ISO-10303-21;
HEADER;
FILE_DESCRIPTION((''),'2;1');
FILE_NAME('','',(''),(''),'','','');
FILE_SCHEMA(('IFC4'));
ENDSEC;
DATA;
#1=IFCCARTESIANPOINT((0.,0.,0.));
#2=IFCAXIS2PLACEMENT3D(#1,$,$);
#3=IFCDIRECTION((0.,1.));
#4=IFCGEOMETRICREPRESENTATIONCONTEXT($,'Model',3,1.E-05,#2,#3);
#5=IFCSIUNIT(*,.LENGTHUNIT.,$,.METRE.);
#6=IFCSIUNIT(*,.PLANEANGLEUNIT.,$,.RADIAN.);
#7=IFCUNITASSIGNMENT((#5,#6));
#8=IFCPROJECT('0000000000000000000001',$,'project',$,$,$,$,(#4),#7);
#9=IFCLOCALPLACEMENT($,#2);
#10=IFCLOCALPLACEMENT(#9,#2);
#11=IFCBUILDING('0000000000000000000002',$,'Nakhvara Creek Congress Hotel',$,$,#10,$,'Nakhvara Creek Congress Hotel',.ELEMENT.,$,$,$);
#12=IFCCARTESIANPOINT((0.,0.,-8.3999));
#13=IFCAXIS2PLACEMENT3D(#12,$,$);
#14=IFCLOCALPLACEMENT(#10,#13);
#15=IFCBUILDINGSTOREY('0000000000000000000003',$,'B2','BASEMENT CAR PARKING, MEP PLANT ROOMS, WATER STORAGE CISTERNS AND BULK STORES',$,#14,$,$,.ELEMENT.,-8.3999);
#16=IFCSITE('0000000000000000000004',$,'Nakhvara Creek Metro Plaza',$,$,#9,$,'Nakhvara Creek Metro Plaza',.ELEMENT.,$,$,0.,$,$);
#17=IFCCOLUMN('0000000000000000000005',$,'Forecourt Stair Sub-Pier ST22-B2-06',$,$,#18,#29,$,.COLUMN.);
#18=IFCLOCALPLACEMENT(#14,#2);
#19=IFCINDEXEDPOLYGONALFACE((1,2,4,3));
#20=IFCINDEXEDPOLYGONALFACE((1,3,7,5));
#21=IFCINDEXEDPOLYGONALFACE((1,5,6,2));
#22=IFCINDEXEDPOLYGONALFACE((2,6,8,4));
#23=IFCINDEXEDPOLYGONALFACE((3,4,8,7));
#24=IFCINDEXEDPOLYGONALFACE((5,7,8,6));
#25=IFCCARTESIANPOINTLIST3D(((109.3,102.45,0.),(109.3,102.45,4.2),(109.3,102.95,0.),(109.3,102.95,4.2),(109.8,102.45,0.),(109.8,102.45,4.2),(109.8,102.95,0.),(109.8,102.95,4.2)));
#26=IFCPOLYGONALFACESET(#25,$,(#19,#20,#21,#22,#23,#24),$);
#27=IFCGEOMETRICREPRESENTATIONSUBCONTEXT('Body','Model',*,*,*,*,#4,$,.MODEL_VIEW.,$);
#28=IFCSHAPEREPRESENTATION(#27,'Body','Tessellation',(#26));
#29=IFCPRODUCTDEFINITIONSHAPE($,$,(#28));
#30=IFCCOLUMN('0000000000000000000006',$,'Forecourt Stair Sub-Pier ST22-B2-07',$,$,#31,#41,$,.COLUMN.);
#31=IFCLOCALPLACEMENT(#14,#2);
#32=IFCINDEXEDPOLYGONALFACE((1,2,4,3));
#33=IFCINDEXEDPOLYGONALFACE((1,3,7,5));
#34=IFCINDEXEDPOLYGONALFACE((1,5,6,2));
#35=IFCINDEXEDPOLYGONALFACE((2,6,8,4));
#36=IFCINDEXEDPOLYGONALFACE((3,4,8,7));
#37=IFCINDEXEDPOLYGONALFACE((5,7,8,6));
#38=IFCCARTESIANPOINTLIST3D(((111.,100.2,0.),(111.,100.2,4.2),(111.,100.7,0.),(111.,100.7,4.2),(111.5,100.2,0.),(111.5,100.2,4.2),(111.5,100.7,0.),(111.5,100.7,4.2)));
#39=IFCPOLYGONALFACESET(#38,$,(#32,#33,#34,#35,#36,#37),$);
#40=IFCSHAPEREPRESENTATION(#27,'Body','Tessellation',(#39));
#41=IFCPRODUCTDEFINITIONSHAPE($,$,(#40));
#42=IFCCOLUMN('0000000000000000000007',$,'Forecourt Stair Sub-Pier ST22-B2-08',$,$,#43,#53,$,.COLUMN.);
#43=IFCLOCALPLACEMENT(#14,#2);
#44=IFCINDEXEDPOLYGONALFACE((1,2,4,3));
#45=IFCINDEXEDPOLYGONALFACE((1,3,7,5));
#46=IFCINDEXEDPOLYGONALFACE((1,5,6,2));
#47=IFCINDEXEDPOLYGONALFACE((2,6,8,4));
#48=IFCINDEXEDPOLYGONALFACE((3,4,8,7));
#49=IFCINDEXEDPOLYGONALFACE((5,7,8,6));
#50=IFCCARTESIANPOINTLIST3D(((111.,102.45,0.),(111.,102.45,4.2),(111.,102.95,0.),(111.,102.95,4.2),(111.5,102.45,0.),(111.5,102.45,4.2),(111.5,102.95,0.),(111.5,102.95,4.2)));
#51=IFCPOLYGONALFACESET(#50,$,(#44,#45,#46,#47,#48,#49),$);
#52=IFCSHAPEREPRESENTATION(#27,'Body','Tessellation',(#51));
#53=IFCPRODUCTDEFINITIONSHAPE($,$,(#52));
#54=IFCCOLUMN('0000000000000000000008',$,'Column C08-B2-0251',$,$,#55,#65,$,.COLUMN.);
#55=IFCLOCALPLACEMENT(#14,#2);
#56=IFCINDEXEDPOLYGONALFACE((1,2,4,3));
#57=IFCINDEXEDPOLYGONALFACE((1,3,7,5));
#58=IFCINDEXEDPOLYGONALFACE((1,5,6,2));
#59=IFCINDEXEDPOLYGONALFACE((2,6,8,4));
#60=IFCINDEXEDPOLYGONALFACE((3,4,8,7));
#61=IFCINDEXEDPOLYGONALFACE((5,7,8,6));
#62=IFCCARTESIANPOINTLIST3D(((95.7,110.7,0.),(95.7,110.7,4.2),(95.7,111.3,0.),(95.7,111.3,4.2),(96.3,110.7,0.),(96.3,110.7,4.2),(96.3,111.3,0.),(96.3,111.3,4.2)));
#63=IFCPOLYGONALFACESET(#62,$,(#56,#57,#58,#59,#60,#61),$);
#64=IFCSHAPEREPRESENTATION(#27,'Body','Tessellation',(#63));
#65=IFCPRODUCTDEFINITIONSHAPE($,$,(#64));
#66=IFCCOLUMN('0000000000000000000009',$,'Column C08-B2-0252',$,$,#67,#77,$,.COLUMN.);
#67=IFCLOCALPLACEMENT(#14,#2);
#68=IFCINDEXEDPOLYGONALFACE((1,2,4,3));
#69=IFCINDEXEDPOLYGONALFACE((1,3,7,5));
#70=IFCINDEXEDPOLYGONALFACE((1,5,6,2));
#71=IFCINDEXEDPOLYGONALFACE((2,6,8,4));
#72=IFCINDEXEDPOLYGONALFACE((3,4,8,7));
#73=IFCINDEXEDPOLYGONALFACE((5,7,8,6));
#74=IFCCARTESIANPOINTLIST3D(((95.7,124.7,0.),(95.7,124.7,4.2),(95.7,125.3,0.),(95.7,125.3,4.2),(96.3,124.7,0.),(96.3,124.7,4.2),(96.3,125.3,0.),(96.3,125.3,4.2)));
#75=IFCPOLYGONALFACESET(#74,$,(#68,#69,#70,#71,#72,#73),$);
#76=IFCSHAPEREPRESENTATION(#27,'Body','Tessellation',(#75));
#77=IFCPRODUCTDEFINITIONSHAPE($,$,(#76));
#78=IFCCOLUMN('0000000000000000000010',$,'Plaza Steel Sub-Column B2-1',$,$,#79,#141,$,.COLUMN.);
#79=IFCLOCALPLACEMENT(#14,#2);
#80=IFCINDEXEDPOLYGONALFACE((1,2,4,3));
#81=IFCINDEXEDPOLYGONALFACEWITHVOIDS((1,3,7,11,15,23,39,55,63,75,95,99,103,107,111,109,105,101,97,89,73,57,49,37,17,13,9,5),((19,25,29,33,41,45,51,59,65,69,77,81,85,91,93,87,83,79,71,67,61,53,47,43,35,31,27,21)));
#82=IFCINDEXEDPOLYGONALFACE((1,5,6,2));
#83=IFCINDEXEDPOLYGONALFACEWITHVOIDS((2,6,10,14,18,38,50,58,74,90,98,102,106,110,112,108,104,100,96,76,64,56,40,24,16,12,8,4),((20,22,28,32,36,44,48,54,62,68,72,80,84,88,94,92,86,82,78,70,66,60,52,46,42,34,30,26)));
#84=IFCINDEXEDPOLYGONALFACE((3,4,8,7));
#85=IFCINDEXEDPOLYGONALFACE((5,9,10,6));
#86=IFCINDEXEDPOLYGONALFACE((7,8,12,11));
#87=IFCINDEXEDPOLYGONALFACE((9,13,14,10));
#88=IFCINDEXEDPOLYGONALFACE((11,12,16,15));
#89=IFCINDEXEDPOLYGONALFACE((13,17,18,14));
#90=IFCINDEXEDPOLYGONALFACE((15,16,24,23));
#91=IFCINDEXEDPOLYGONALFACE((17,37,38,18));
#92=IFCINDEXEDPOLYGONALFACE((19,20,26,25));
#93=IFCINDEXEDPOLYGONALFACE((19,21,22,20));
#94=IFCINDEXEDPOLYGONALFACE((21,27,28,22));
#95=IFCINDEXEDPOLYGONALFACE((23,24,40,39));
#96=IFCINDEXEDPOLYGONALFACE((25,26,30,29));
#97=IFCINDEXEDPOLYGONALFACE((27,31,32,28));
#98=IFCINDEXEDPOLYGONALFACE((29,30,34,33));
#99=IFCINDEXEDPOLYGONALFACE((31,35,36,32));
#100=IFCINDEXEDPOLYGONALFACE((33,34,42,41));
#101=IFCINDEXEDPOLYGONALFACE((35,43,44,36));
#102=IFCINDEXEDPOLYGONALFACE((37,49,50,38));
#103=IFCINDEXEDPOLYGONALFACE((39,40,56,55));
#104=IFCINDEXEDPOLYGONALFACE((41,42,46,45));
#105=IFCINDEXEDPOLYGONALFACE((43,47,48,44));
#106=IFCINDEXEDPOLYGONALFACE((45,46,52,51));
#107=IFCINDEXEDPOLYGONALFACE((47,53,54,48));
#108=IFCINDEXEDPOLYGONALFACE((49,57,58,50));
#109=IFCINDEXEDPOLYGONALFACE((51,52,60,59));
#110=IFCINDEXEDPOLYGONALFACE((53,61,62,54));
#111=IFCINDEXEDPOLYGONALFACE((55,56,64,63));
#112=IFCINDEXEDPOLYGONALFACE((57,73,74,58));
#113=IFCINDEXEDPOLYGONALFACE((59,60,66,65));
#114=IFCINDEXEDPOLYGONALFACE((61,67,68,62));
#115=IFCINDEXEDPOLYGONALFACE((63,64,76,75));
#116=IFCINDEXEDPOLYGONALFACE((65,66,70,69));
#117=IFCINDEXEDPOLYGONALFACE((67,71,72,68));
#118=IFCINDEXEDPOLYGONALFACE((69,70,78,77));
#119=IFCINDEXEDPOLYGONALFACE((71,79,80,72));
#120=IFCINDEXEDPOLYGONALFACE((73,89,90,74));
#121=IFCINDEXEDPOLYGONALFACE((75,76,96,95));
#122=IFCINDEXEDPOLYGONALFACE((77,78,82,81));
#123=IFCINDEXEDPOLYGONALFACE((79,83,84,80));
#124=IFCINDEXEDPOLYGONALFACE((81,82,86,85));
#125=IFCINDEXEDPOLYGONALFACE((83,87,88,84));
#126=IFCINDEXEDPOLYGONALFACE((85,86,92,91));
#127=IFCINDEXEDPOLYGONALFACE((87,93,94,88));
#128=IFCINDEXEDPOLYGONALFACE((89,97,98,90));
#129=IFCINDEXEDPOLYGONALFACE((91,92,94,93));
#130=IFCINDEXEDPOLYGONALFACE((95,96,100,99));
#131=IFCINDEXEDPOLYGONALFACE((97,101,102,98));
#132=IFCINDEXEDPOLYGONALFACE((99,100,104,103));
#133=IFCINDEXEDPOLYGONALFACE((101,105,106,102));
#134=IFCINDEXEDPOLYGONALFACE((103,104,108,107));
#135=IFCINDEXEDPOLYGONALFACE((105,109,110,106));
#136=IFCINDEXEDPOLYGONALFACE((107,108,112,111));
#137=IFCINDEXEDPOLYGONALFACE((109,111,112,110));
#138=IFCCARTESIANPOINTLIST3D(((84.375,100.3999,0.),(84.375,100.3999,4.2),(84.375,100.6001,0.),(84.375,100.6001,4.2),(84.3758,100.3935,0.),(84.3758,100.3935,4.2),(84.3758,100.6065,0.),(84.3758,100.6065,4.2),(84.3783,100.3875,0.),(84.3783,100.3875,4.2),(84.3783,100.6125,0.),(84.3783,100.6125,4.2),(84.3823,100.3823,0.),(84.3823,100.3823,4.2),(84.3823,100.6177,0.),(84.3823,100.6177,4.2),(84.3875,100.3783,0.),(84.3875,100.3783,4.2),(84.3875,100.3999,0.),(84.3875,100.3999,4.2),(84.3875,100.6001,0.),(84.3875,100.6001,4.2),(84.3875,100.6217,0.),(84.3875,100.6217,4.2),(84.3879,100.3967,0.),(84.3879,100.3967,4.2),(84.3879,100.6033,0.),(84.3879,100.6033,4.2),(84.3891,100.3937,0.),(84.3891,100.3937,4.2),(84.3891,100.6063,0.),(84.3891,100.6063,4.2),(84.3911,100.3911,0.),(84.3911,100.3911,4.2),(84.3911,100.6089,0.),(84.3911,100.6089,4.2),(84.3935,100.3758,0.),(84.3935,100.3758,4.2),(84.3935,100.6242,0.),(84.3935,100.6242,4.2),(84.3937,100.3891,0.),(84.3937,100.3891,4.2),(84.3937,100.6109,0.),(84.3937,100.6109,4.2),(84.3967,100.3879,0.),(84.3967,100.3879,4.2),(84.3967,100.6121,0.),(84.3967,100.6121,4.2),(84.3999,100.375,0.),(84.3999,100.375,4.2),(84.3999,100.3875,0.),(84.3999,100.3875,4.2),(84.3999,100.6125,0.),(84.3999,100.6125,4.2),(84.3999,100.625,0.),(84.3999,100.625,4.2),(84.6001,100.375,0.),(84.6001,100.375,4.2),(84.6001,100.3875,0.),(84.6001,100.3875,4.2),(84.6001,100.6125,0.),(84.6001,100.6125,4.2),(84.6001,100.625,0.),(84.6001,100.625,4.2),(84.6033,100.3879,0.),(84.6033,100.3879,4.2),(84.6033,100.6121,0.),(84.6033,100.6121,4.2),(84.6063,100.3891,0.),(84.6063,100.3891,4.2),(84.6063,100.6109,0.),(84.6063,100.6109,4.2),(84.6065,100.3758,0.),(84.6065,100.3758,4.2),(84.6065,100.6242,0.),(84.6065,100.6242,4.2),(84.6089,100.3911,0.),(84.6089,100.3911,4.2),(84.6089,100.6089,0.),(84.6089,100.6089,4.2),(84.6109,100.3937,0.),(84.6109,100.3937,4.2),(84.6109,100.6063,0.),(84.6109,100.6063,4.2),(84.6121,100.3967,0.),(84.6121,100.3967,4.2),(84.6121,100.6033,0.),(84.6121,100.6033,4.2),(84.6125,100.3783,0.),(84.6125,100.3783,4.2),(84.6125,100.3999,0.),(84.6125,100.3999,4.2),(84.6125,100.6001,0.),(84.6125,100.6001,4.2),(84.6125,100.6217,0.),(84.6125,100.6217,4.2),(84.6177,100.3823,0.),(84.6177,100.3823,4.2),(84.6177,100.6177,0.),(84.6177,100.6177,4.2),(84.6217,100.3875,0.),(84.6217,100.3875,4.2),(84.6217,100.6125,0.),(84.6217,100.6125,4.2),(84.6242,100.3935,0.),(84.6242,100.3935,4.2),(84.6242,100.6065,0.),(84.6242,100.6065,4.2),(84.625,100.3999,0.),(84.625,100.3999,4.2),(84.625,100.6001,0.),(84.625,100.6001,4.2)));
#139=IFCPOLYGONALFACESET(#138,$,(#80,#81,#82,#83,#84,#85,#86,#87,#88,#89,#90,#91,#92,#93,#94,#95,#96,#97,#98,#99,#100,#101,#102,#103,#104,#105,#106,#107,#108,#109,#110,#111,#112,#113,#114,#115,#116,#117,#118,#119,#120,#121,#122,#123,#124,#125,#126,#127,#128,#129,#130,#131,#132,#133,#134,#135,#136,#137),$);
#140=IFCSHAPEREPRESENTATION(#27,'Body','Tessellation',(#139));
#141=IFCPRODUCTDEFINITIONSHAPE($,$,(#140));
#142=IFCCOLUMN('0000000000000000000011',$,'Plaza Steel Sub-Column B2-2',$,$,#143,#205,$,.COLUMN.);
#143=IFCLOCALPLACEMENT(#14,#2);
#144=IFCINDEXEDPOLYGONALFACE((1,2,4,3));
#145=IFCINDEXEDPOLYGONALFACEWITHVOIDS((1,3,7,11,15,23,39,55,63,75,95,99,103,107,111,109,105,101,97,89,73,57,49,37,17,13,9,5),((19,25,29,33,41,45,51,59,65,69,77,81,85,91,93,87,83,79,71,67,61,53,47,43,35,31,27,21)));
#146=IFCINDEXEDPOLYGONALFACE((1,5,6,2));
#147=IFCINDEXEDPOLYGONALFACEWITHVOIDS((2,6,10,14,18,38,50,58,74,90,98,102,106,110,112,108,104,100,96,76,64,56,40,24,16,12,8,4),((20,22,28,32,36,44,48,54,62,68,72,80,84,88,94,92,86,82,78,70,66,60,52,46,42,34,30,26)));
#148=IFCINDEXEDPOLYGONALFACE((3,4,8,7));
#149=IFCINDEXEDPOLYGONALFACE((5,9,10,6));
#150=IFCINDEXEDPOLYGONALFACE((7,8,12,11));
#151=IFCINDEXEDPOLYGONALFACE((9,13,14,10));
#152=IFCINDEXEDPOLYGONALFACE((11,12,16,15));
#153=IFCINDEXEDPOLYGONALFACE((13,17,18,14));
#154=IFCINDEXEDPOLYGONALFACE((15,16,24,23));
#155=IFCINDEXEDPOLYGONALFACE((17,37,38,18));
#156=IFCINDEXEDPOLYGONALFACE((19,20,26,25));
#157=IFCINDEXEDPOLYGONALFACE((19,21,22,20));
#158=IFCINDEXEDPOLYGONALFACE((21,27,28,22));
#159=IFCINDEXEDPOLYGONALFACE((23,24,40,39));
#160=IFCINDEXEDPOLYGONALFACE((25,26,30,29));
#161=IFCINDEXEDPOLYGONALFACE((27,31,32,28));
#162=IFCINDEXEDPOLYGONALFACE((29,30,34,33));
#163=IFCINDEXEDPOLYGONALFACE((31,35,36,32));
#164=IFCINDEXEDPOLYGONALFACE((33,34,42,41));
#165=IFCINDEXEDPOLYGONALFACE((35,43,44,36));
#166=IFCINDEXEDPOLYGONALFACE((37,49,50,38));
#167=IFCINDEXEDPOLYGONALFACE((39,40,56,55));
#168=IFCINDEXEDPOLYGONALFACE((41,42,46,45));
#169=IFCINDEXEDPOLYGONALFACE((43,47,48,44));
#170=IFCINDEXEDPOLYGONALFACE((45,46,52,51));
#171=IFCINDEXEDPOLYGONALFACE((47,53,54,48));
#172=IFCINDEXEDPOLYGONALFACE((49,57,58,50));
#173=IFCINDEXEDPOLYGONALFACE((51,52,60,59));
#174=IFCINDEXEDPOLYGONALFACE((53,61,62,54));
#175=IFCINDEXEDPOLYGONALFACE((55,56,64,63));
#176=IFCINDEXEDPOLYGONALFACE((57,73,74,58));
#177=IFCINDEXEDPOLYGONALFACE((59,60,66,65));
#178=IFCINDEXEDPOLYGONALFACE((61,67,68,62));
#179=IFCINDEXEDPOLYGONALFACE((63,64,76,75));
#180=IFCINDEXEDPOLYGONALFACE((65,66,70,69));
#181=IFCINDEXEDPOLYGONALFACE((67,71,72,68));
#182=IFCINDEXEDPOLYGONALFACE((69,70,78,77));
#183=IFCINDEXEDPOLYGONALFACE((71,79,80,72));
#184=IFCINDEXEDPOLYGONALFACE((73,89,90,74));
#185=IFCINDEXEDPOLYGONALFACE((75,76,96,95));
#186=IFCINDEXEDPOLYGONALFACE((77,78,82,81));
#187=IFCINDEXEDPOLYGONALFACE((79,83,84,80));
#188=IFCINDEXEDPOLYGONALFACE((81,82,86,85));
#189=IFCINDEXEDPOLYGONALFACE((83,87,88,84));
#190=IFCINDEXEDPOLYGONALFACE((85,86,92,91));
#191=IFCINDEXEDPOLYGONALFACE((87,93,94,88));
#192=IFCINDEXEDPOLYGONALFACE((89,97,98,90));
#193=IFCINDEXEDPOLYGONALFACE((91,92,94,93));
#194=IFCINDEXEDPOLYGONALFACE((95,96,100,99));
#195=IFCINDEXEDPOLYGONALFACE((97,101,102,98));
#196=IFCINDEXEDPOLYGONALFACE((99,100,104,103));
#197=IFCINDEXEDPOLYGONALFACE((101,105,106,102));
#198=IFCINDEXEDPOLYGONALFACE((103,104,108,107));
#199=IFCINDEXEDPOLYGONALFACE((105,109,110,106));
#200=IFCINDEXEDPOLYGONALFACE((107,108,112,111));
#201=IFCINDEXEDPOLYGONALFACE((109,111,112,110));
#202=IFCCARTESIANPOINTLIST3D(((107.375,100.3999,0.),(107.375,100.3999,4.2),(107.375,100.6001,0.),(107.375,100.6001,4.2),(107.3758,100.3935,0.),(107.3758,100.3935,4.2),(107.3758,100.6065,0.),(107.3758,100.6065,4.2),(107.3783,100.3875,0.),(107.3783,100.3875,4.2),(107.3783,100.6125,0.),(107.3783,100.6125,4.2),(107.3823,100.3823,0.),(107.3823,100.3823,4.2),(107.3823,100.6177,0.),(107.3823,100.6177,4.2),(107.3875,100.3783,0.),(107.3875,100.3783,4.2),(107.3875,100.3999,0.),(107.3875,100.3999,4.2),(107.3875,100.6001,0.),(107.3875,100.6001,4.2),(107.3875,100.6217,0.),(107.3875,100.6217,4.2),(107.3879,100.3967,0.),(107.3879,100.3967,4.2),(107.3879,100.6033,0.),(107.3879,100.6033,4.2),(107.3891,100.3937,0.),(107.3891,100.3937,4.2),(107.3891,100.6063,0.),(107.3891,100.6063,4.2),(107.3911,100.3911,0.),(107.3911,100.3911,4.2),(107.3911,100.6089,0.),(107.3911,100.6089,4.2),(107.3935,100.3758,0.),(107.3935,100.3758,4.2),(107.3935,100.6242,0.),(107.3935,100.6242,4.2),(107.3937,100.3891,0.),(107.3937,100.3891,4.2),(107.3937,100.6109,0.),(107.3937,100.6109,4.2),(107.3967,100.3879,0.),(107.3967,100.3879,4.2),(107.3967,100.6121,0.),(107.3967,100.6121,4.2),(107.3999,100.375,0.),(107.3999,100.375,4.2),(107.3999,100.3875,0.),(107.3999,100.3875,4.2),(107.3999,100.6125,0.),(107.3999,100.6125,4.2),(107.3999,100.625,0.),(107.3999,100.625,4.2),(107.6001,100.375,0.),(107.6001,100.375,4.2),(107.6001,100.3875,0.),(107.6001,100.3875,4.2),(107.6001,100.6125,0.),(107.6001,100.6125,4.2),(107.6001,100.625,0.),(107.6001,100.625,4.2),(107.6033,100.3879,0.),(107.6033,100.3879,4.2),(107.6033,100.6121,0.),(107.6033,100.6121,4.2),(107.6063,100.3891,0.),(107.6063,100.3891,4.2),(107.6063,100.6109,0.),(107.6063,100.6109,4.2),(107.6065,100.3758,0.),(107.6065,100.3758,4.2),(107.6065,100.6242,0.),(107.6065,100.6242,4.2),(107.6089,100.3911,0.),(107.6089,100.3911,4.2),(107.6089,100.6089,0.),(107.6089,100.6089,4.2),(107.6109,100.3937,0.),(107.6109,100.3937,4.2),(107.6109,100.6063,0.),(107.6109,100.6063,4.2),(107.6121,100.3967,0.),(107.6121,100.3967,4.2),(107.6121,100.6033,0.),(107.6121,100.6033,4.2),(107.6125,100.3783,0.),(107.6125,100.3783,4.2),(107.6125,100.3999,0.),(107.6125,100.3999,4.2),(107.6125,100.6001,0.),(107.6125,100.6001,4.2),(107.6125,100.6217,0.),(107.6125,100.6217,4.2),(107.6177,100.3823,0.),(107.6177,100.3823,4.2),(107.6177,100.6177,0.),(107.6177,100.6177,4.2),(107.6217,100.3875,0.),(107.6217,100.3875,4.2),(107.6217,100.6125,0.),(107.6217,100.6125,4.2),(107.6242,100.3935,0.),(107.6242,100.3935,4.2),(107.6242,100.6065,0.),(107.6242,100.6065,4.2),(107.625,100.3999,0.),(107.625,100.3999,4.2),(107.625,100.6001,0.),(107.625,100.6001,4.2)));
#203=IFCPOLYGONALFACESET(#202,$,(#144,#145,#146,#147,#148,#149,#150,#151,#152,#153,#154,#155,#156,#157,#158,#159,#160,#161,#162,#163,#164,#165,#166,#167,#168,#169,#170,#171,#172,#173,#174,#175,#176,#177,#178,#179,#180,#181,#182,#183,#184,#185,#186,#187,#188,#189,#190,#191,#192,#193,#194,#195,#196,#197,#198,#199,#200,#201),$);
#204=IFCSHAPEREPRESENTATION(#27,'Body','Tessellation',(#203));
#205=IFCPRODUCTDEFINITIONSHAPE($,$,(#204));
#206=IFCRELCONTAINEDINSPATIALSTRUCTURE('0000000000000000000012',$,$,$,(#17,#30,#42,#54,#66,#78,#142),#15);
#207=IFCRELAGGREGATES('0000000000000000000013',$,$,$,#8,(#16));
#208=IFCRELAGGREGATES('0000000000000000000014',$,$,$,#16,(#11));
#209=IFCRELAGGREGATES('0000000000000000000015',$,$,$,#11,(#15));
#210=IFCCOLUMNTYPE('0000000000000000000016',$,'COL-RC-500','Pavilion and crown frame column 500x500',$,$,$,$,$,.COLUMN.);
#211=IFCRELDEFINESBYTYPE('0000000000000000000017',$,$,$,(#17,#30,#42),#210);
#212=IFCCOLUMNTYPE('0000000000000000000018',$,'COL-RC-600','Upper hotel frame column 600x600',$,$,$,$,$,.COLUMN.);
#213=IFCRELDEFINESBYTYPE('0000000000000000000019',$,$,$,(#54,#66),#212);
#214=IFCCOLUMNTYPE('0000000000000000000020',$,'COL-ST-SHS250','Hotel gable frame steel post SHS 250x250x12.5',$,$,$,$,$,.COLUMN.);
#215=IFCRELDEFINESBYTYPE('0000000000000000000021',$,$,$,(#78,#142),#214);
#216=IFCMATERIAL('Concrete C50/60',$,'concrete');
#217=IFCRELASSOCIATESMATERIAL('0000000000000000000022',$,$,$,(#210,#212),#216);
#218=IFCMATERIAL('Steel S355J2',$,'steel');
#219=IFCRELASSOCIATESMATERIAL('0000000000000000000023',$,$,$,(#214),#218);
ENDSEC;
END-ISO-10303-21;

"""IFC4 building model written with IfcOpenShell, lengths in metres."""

from ifc_helpers import new_model, si_unit, direction, frame, origin, origin_2d, place, context, subcontext, project, spatial, rectangle, hollow_rectangle, extrude, material, material_profile, profile_set, type_object, element, save


model = new_model("IFC4")

# Units and contexts
model_context = context("Model", 3, precision=1e-05, world=origin(), true_north=direction((0.0, 1.0)))
body_context = subcontext(model_context, "Body", "Model", "MODEL_VIEW")
ifc_project = project(units=[si_unit("LENGTHUNIT", "METRE"), si_unit("PLANEANGLEUNIT", "RADIAN")], contexts=[model_context])

# Site, building, storey
site_placement = place(None, origin())
site = spatial("IfcSite", under=ifc_project, at=site_placement, Name="Nakhvara Creek Metro Plaza", LongName="Nakhvara Creek Metro Plaza", CompositionType="ELEMENT", RefElevation=0.0)
building_placement = place(site_placement, origin())
building = spatial("IfcBuilding", under=site, at=building_placement, Name="Nakhvara Creek Congress Hotel", LongName="Nakhvara Creek Congress Hotel", CompositionType="ELEMENT")
storey_placement = place(building_placement, frame((0.0, 0.0, -8.3999)))
storey = spatial("IfcBuildingStorey", under=building, at=storey_placement, Name="B2", Description="BASEMENT CAR PARKING, MEP PLANT ROOMS, WATER STORAGE CISTERNS AND BULK STORES", CompositionType="ELEMENT", Elevation=-8.3999)

# Columns
ifc_material_1 = material(Name="Concrete C50/60", Category="concrete")
ifc_material_profile_1 = material_profile(ifc_material_1, rectangle(XDim=0.5, YDim=0.5, at=origin_2d()), Name="RC-COL 500x500", Category="LoadBearing")
ifc_profile_set_1 = profile_set([ifc_material_profile_1], Name="Concrete C50/60")
column_type_1 = type_object("IfcColumnType", Name="COL-RC-500", Description="Pavilion and crown frame column 500x500", PredefinedType="COLUMN", material=ifc_profile_set_1)
for number, where, z_axis, x_axis, name in (
    (1, (109.55, 102.7, 0.0), (0.0, 0.0, 1.0), (1.0, 0.0, 0.0), "Forecourt Stair Sub-Pier ST22-B2-06"),
    (2, (111.25, 100.45, 0.0), (0.0, 0.0, 1.0), (1.0, 0.0, 0.0), "Forecourt Stair Sub-Pier ST22-B2-07"),
    (3, (111.25, 102.7, 0.0), (0.0, 0.0, 1.0), (1.0, 0.0, 0.0), "Forecourt Stair Sub-Pier ST22-B2-08"),
):
    element("IfcColumn", number, at=place(storey_placement, frame(where, z_axis=z_axis, x_axis=x_axis)), inside=storey, type_object=column_type_1, Name=name, PredefinedType="COLUMN", context=body_context, shape_type="SweptSolid", body=[
        extrude(rectangle(XDim=0.5, YDim=0.5, at=origin_2d()), origin(), (0.0, 0.0, 1.0), 4.2),
    ])
ifc_material_profile_2 = material_profile(ifc_material_1, rectangle(XDim=0.6001, YDim=0.6001, at=origin_2d()), Name="RC-COL 600x600", Category="LoadBearing")
ifc_profile_set_2 = profile_set([ifc_material_profile_2], Name="Concrete C50/60")
column_type_2 = type_object("IfcColumnType", Name="COL-RC-600", Description="Upper hotel frame column 600x600", PredefinedType="COLUMN", material=ifc_profile_set_2)
for number, where, z_axis, x_axis, name in (
    (4, (96.0, 111.0, 0.0), (0.0, 0.0, 1.0), (1.0, 0.0, 0.0), "Column C08-B2-0251"),
    (5, (96.0, 125.0, 0.0), (0.0, 0.0, 1.0), (1.0, 0.0, 0.0), "Column C08-B2-0252"),
):
    element("IfcColumn", number, at=place(storey_placement, frame(where, z_axis=z_axis, x_axis=x_axis)), inside=storey, type_object=column_type_2, Name=name, PredefinedType="COLUMN", context=body_context, shape_type="SweptSolid", body=[
        extrude(rectangle(XDim=0.6001, YDim=0.6001, at=origin_2d()), origin(), (0.0, 0.0, 1.0), 4.2),
    ])
ifc_material_2 = material(Name="Steel S355J2", Category="steel")
ifc_material_profile_3 = material_profile(ifc_material_2, hollow_rectangle(XDim=0.25, YDim=0.25, WallThickness=0.0125, InnerFilletRadius=0.0125, OuterFilletRadius=0.0249, at=origin_2d()), Name="SHS 250x250x12.5", Category="LoadBearing")
ifc_profile_set_3 = profile_set([ifc_material_profile_3], Name="Steel S355J2")
column_type_3 = type_object("IfcColumnType", Name="COL-ST-SHS250", Description="Hotel gable frame steel post SHS 250x250x12.5", PredefinedType="COLUMN", material=ifc_profile_set_3)
for number, where, z_axis, x_axis, name in (
    (6, (84.5, 100.5, 0.0), (0.0, 0.0, 1.0), (1.0, 0.0, 0.0), "Plaza Steel Sub-Column B2-1"),
    (7, (107.5, 100.5, 0.0), (0.0, 0.0, 1.0), (1.0, 0.0, 0.0), "Plaza Steel Sub-Column B2-2"),
):
    element("IfcColumn", number, at=place(storey_placement, frame(where, z_axis=z_axis, x_axis=x_axis)), inside=storey, type_object=column_type_3, Name=name, PredefinedType="COLUMN", context=body_context, shape_type="SweptSolid", body=[
        extrude(hollow_rectangle(XDim=0.25, YDim=0.25, WallThickness=0.0125, InnerFilletRadius=0.0125, OuterFilletRadius=0.0249, at=origin_2d()), origin(), (0.0, 0.0, 1.0), 4.2),
    ])

save(model, "model.ifc")
